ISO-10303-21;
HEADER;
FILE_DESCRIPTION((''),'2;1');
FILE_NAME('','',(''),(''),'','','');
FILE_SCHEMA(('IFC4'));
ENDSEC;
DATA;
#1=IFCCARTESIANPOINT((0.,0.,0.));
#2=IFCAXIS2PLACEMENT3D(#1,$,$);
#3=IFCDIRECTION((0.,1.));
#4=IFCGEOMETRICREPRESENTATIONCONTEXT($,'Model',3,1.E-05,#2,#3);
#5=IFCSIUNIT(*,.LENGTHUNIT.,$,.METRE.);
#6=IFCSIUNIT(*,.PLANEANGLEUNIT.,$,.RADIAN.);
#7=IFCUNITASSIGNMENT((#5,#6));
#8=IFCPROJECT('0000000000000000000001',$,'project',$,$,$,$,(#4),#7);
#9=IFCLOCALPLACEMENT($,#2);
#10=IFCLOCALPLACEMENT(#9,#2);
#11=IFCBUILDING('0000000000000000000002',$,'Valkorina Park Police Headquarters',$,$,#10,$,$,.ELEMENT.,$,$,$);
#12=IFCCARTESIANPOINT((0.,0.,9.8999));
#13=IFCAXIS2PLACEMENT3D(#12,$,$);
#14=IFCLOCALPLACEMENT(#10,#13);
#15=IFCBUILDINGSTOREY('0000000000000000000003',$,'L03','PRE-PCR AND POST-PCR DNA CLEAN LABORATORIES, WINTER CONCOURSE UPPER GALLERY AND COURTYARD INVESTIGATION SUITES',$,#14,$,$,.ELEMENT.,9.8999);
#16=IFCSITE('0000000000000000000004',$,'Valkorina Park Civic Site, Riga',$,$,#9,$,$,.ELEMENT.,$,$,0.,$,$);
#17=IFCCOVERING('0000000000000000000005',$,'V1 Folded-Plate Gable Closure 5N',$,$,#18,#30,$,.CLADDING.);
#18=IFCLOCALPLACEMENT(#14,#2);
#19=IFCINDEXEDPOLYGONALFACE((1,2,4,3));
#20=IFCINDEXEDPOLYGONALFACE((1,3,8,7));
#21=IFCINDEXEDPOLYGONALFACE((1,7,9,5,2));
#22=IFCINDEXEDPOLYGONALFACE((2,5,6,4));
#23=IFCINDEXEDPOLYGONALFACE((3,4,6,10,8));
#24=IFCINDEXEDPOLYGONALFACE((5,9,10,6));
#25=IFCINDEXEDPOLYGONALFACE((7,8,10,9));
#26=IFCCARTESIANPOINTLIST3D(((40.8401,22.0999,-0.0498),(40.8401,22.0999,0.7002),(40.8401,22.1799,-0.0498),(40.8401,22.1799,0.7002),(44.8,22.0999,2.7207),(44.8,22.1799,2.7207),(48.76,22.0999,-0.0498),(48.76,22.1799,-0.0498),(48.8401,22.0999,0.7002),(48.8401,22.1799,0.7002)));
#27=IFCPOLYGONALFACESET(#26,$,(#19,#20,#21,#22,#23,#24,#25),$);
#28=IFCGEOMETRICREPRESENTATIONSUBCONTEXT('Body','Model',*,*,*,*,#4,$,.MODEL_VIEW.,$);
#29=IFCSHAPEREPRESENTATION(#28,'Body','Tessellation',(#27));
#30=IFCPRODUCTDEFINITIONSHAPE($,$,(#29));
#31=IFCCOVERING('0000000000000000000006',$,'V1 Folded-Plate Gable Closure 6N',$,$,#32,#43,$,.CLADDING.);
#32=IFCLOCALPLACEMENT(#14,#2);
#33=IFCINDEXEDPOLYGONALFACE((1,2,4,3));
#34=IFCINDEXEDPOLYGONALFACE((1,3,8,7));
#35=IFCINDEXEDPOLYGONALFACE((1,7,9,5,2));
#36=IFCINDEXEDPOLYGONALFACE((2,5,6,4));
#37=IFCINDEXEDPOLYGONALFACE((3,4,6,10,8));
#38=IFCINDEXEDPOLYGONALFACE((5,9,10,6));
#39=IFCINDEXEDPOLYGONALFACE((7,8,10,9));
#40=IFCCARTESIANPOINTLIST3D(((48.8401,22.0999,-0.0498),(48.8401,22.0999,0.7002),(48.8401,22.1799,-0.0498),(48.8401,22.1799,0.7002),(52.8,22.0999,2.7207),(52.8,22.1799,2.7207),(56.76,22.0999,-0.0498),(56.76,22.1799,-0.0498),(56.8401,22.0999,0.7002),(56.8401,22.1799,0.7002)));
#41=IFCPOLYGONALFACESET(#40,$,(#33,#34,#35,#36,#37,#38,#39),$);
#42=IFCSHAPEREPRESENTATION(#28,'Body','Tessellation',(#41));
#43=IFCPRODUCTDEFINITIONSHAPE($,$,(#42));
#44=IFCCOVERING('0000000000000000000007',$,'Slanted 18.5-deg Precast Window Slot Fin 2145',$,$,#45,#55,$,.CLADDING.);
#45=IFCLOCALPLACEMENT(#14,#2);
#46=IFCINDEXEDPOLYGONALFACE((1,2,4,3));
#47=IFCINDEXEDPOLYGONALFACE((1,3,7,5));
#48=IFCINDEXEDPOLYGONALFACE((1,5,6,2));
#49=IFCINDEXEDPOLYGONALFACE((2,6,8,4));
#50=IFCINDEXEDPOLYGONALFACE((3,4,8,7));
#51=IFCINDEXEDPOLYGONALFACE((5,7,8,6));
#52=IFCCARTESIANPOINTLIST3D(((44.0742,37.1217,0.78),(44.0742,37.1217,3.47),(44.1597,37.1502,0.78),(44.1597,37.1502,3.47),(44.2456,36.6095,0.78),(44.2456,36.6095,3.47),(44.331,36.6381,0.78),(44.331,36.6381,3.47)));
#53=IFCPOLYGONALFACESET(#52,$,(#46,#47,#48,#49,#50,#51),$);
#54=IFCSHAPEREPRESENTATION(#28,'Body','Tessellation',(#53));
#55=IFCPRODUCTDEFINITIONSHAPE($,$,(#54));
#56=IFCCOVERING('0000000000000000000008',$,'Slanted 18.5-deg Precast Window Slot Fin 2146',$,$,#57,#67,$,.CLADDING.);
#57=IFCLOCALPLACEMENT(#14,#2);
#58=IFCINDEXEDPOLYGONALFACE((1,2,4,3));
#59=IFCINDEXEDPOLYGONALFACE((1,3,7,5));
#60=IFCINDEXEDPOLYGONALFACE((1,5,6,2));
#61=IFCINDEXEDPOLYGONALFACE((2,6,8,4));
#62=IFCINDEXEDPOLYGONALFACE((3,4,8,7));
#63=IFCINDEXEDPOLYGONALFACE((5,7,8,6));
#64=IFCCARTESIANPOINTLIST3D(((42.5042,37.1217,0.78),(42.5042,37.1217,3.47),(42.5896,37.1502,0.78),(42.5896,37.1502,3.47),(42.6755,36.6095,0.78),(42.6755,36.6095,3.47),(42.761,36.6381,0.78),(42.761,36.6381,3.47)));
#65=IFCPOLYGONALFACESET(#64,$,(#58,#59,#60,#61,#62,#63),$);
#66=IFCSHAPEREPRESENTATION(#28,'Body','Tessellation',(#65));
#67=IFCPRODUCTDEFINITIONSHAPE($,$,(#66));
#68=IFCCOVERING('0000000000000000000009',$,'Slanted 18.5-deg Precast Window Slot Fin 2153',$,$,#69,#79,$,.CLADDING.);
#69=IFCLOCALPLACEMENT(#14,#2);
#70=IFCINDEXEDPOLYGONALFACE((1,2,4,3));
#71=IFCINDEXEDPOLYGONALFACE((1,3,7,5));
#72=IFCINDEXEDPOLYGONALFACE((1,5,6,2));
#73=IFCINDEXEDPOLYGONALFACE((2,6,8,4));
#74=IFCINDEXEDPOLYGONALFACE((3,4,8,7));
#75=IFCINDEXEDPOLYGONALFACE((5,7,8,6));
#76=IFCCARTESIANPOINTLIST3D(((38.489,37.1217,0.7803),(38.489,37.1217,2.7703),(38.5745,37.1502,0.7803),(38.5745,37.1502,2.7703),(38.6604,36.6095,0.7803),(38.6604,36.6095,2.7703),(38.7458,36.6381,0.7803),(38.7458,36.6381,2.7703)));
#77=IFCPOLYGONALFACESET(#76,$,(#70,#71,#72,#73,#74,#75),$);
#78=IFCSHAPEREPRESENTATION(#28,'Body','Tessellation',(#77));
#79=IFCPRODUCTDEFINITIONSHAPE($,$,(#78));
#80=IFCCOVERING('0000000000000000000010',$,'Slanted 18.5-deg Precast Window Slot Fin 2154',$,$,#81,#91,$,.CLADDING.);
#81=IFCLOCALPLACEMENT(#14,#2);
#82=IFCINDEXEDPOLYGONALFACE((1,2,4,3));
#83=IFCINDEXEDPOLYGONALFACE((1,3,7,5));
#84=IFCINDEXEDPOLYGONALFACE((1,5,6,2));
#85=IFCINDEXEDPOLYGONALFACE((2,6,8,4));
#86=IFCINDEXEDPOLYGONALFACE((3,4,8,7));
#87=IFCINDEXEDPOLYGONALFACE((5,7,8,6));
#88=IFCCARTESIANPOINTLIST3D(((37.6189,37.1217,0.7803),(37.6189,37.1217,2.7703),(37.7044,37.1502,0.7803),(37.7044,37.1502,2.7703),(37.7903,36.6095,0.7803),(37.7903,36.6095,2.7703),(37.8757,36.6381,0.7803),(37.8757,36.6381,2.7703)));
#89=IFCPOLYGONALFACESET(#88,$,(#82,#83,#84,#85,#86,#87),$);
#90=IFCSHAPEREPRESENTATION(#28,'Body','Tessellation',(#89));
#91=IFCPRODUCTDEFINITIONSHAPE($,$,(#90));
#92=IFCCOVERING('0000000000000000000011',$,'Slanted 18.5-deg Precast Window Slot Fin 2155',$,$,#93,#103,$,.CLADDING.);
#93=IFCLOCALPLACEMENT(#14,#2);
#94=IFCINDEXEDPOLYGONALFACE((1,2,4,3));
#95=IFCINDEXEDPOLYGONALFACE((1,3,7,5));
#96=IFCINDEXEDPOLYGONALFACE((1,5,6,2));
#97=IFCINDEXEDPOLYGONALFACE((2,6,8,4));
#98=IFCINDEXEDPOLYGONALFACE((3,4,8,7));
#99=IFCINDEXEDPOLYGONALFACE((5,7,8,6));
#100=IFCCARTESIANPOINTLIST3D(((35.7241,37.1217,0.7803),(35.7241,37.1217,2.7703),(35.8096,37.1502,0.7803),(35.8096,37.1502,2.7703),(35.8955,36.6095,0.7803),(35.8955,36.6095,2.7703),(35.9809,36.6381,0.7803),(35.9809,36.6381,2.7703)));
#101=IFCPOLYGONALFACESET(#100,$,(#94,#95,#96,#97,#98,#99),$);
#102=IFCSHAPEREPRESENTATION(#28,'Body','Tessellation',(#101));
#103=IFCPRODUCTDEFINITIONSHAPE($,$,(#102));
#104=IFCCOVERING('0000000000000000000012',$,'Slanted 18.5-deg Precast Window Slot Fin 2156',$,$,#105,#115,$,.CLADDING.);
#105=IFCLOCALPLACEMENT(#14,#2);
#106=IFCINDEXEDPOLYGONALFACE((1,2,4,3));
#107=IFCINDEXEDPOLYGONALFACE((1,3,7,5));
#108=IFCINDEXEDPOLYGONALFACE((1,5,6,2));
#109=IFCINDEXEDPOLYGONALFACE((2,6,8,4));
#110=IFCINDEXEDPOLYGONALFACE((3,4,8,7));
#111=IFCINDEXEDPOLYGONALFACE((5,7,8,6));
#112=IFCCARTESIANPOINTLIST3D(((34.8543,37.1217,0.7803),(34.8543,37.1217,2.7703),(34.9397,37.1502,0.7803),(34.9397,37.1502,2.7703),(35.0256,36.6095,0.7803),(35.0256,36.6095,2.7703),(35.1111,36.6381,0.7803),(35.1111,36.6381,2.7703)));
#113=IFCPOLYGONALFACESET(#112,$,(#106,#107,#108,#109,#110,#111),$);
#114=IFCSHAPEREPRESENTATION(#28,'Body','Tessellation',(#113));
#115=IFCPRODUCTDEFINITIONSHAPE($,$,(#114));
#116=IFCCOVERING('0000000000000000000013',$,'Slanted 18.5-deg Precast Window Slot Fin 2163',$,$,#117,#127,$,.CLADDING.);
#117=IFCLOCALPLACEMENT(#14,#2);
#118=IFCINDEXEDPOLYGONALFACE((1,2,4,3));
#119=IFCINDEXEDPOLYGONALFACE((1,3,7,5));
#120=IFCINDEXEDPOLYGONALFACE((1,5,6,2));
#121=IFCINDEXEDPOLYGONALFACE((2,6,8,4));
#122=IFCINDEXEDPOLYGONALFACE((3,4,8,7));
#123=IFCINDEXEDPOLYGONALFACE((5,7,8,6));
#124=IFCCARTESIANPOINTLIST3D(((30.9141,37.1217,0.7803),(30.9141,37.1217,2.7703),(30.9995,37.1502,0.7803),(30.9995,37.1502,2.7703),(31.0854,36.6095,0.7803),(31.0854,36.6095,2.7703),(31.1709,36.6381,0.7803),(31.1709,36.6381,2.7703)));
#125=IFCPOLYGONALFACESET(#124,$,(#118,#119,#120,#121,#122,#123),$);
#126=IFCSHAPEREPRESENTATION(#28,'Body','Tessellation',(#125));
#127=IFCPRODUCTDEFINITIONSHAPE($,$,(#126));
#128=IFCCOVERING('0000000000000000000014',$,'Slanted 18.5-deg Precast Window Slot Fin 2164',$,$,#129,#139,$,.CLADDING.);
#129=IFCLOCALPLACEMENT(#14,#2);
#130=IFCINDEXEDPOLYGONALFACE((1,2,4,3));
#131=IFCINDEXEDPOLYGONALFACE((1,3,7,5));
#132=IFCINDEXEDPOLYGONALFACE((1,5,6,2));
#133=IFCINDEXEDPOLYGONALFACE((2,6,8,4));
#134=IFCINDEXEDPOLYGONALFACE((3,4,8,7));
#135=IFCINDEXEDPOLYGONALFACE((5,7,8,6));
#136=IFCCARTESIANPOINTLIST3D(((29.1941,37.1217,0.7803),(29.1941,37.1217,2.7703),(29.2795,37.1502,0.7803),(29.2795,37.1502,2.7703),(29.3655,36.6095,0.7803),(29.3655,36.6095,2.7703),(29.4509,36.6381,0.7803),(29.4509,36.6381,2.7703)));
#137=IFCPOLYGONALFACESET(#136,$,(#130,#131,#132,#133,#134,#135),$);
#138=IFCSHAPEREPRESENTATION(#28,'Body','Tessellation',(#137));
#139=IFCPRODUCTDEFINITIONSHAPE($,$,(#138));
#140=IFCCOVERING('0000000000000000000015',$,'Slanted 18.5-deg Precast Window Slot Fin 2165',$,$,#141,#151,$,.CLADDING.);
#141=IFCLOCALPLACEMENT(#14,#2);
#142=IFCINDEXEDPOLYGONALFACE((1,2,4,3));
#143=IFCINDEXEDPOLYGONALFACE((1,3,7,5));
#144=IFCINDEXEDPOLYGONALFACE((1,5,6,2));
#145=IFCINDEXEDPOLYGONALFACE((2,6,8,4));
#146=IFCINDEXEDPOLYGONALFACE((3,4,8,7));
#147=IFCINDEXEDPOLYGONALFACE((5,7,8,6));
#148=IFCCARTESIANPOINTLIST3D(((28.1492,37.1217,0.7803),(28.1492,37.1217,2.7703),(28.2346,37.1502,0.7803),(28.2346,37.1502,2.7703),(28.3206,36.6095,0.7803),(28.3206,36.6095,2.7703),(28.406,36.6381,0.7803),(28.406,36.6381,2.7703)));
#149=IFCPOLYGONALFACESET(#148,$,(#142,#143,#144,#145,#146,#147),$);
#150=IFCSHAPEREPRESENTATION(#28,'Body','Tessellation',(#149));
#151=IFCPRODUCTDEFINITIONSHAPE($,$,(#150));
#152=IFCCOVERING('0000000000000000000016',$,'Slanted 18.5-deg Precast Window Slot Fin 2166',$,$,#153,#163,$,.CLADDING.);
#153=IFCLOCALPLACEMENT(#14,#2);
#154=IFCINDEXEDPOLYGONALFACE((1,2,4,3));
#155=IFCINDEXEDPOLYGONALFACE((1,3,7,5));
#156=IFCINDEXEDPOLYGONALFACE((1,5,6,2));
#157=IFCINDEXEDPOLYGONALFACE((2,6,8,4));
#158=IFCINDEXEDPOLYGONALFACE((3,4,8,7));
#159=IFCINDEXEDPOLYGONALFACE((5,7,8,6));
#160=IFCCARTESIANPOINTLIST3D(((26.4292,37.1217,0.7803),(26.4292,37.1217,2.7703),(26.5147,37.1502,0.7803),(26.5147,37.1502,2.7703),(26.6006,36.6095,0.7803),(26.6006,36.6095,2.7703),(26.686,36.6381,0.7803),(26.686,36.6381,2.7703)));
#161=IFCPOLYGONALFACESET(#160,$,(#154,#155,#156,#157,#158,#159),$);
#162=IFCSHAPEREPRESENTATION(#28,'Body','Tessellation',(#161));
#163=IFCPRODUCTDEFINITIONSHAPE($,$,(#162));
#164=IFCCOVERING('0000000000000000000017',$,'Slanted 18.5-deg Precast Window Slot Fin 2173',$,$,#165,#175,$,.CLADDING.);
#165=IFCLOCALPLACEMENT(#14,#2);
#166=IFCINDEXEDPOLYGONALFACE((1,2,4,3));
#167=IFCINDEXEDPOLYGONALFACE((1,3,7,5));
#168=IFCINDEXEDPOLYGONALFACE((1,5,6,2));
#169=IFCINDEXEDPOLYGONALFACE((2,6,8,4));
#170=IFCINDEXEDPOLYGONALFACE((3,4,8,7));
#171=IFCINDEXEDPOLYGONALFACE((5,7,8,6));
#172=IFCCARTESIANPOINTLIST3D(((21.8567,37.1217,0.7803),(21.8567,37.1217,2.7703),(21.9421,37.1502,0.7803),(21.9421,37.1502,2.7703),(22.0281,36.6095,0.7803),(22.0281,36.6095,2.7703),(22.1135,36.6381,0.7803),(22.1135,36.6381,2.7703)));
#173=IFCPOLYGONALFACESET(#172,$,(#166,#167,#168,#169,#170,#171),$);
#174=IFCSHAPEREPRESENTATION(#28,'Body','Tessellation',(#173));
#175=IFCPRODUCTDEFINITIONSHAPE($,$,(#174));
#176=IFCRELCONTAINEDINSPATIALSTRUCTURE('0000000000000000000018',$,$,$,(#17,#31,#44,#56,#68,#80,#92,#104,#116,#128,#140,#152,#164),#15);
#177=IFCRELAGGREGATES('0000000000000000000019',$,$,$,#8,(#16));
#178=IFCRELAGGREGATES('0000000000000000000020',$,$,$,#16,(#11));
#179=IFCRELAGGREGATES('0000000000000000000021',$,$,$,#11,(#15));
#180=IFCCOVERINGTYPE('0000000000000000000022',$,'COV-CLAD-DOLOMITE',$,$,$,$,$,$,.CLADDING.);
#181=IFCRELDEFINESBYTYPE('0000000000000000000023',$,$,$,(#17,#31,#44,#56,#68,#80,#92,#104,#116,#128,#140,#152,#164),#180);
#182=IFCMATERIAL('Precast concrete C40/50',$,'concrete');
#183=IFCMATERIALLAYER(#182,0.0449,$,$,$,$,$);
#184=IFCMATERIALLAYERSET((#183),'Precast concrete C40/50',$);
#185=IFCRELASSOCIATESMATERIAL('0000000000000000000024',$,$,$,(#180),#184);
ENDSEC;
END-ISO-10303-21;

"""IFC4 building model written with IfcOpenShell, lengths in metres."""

from ifc_helpers import new_model, si_unit, direction, frame, origin, origin_2d, place, context, subcontext, project, spatial, polyline, rectangle, outline, extrude, material, layer, layer_set, type_object, element, save


model = new_model("IFC4")

# Units and contexts
model_context = context("Model", 3, precision=1e-05, world=origin(), true_north=direction((0.0, 1.0)))
body_context = subcontext(model_context, "Body", "Model", "MODEL_VIEW")
ifc_project = project(units=[si_unit("LENGTHUNIT", "METRE"), si_unit("PLANEANGLEUNIT", "RADIAN")], contexts=[model_context])

# Site, building, storey
site_placement = place(None, origin())
site = spatial("IfcSite", under=ifc_project, at=site_placement, Name="Valkorina Park Civic Site, Riga", CompositionType="ELEMENT", RefElevation=0.0)
building_placement = place(site_placement, origin())
building = spatial("IfcBuilding", under=site, at=building_placement, Name="Valkorina Park Police Headquarters", CompositionType="ELEMENT")
storey_placement = place(building_placement, frame((0.0, 0.0, 9.8999)))
storey = spatial("IfcBuildingStorey", under=building, at=storey_placement, Name="L03", Description="PRE-PCR AND POST-PCR DNA CLEAN LABORATORIES, WINTER CONCOURSE UPPER GALLERY AND COURTYARD INVESTIGATION SUITES", CompositionType="ELEMENT", Elevation=9.8999)

# Coverings
ifc_material_1 = material(Name="Precast concrete C40/50", Category="concrete")
ifc_layer_1 = layer(ifc_material_1, 0.0449)
ifc_layer_set_1 = layer_set([ifc_layer_1], Name="Precast concrete C40/50")
covering_type = type_object("IfcCoveringType", Name="COV-CLAD-DOLOMITE", PredefinedType="CLADDING", material=ifc_layer_set_1)
for number, where, z_axis, x_axis, name in (
    (1, (40.8401, 22.1399, -0.0498), (0.0, 0.0, 1.0), (1.0, 0.0, 0.0), "V1 Folded-Plate Gable Closure 5N"),
    (2, (48.8401, 22.1399, -0.0498), (0.0, 0.0, 1.0), (1.0, 0.0, 0.0), "V1 Folded-Plate Gable Closure 6N"),
):
    element("IfcCovering", number, at=place(storey_placement, frame(where, z_axis=z_axis, x_axis=x_axis)), inside=storey, type_object=covering_type, Name=name, PredefinedType="CLADDING", context=body_context, shape_type="SweptSolid", body=[
        extrude(outline(polyline([(0.0, 0.0), (7.9199, 0.0), (8.0, 0.75), (3.96, 2.7705), (0.0, 0.75), (0.0, 0.0)])), frame((0.0, 0.04, 0.0), z_axis=(0.0, -1.0, 0.0), x_axis=(1.0, 0.0, 0.0)), (0.0, 0.0, 1.0), 0.0801),
    ])
for number, where, z_axis, x_axis, name in (
    (3, (44.2026, 36.8799, 0.78), (0.0, 0.0, 1.0), (0.317305, -0.948324, 0.0), "Slanted 18.5-deg Precast Window Slot Fin 2145"),
    (4, (42.6326, 36.8799, 0.78), (0.0, 0.0, 1.0), (0.317305, -0.948324, 0.0), "Slanted 18.5-deg Precast Window Slot Fin 2146"),
):
    element("IfcCovering", number, at=place(storey_placement, frame(where, z_axis=z_axis, x_axis=x_axis)), inside=storey, type_object=covering_type, Name=name, PredefinedType="CLADDING", context=body_context, shape_type="SweptSolid", body=[
        extrude(rectangle(XDim=0.54, YDim=0.0901, at=origin_2d()), origin(), (0.0, 0.0, 1.0), 2.6899),
    ])
for number, where, z_axis, x_axis, name in (
    (5, (38.6174, 36.8799, 0.7803), (0.0, 0.0, 1.0), (0.317305, -0.948324, 0.0), "Slanted 18.5-deg Precast Window Slot Fin 2153"),
    (6, (37.7473, 36.8799, 0.7803), (0.0, 0.0, 1.0), (0.317305, -0.948324, 0.0), "Slanted 18.5-deg Precast Window Slot Fin 2154"),
    (7, (35.8525, 36.8799, 0.7803), (0.0, 0.0, 1.0), (0.317305, -0.948324, 0.0), "Slanted 18.5-deg Precast Window Slot Fin 2155"),
    (8, (34.9827, 36.8799, 0.7803), (0.0, 0.0, 1.0), (0.317305, -0.948324, 0.0), "Slanted 18.5-deg Precast Window Slot Fin 2156"),
    (9, (31.0425, 36.8799, 0.7803), (0.0, 0.0, 1.0), (0.317305, -0.948324, 0.0), "Slanted 18.5-deg Precast Window Slot Fin 2163"),
    (10, (29.3225, 36.8799, 0.7803), (0.0, 0.0, 1.0), (0.317305, -0.948324, 0.0), "Slanted 18.5-deg Precast Window Slot Fin 2164"),
    (11, (28.2776, 36.8799, 0.7803), (0.0, 0.0, 1.0), (0.317305, -0.948324, 0.0), "Slanted 18.5-deg Precast Window Slot Fin 2165"),
    (12, (26.5576, 36.8799, 0.7803), (0.0, 0.0, 1.0), (0.317305, -0.948324, 0.0), "Slanted 18.5-deg Precast Window Slot Fin 2166"),
    (13, (21.9851, 36.8799, 0.7803), (0.0, 0.0, 1.0), (0.317305, -0.948324, 0.0), "Slanted 18.5-deg Precast Window Slot Fin 2173"),
):
    element("IfcCovering", number, at=place(storey_placement, frame(where, z_axis=z_axis, x_axis=x_axis)), inside=storey, type_object=covering_type, Name=name, PredefinedType="CLADDING", context=body_context, shape_type="SweptSolid", body=[
        extrude(rectangle(XDim=0.54, YDim=0.0901, at=origin_2d()), origin(), (0.0, 0.0, 1.0), 1.99),
    ])

save(model, "model.ifc")
